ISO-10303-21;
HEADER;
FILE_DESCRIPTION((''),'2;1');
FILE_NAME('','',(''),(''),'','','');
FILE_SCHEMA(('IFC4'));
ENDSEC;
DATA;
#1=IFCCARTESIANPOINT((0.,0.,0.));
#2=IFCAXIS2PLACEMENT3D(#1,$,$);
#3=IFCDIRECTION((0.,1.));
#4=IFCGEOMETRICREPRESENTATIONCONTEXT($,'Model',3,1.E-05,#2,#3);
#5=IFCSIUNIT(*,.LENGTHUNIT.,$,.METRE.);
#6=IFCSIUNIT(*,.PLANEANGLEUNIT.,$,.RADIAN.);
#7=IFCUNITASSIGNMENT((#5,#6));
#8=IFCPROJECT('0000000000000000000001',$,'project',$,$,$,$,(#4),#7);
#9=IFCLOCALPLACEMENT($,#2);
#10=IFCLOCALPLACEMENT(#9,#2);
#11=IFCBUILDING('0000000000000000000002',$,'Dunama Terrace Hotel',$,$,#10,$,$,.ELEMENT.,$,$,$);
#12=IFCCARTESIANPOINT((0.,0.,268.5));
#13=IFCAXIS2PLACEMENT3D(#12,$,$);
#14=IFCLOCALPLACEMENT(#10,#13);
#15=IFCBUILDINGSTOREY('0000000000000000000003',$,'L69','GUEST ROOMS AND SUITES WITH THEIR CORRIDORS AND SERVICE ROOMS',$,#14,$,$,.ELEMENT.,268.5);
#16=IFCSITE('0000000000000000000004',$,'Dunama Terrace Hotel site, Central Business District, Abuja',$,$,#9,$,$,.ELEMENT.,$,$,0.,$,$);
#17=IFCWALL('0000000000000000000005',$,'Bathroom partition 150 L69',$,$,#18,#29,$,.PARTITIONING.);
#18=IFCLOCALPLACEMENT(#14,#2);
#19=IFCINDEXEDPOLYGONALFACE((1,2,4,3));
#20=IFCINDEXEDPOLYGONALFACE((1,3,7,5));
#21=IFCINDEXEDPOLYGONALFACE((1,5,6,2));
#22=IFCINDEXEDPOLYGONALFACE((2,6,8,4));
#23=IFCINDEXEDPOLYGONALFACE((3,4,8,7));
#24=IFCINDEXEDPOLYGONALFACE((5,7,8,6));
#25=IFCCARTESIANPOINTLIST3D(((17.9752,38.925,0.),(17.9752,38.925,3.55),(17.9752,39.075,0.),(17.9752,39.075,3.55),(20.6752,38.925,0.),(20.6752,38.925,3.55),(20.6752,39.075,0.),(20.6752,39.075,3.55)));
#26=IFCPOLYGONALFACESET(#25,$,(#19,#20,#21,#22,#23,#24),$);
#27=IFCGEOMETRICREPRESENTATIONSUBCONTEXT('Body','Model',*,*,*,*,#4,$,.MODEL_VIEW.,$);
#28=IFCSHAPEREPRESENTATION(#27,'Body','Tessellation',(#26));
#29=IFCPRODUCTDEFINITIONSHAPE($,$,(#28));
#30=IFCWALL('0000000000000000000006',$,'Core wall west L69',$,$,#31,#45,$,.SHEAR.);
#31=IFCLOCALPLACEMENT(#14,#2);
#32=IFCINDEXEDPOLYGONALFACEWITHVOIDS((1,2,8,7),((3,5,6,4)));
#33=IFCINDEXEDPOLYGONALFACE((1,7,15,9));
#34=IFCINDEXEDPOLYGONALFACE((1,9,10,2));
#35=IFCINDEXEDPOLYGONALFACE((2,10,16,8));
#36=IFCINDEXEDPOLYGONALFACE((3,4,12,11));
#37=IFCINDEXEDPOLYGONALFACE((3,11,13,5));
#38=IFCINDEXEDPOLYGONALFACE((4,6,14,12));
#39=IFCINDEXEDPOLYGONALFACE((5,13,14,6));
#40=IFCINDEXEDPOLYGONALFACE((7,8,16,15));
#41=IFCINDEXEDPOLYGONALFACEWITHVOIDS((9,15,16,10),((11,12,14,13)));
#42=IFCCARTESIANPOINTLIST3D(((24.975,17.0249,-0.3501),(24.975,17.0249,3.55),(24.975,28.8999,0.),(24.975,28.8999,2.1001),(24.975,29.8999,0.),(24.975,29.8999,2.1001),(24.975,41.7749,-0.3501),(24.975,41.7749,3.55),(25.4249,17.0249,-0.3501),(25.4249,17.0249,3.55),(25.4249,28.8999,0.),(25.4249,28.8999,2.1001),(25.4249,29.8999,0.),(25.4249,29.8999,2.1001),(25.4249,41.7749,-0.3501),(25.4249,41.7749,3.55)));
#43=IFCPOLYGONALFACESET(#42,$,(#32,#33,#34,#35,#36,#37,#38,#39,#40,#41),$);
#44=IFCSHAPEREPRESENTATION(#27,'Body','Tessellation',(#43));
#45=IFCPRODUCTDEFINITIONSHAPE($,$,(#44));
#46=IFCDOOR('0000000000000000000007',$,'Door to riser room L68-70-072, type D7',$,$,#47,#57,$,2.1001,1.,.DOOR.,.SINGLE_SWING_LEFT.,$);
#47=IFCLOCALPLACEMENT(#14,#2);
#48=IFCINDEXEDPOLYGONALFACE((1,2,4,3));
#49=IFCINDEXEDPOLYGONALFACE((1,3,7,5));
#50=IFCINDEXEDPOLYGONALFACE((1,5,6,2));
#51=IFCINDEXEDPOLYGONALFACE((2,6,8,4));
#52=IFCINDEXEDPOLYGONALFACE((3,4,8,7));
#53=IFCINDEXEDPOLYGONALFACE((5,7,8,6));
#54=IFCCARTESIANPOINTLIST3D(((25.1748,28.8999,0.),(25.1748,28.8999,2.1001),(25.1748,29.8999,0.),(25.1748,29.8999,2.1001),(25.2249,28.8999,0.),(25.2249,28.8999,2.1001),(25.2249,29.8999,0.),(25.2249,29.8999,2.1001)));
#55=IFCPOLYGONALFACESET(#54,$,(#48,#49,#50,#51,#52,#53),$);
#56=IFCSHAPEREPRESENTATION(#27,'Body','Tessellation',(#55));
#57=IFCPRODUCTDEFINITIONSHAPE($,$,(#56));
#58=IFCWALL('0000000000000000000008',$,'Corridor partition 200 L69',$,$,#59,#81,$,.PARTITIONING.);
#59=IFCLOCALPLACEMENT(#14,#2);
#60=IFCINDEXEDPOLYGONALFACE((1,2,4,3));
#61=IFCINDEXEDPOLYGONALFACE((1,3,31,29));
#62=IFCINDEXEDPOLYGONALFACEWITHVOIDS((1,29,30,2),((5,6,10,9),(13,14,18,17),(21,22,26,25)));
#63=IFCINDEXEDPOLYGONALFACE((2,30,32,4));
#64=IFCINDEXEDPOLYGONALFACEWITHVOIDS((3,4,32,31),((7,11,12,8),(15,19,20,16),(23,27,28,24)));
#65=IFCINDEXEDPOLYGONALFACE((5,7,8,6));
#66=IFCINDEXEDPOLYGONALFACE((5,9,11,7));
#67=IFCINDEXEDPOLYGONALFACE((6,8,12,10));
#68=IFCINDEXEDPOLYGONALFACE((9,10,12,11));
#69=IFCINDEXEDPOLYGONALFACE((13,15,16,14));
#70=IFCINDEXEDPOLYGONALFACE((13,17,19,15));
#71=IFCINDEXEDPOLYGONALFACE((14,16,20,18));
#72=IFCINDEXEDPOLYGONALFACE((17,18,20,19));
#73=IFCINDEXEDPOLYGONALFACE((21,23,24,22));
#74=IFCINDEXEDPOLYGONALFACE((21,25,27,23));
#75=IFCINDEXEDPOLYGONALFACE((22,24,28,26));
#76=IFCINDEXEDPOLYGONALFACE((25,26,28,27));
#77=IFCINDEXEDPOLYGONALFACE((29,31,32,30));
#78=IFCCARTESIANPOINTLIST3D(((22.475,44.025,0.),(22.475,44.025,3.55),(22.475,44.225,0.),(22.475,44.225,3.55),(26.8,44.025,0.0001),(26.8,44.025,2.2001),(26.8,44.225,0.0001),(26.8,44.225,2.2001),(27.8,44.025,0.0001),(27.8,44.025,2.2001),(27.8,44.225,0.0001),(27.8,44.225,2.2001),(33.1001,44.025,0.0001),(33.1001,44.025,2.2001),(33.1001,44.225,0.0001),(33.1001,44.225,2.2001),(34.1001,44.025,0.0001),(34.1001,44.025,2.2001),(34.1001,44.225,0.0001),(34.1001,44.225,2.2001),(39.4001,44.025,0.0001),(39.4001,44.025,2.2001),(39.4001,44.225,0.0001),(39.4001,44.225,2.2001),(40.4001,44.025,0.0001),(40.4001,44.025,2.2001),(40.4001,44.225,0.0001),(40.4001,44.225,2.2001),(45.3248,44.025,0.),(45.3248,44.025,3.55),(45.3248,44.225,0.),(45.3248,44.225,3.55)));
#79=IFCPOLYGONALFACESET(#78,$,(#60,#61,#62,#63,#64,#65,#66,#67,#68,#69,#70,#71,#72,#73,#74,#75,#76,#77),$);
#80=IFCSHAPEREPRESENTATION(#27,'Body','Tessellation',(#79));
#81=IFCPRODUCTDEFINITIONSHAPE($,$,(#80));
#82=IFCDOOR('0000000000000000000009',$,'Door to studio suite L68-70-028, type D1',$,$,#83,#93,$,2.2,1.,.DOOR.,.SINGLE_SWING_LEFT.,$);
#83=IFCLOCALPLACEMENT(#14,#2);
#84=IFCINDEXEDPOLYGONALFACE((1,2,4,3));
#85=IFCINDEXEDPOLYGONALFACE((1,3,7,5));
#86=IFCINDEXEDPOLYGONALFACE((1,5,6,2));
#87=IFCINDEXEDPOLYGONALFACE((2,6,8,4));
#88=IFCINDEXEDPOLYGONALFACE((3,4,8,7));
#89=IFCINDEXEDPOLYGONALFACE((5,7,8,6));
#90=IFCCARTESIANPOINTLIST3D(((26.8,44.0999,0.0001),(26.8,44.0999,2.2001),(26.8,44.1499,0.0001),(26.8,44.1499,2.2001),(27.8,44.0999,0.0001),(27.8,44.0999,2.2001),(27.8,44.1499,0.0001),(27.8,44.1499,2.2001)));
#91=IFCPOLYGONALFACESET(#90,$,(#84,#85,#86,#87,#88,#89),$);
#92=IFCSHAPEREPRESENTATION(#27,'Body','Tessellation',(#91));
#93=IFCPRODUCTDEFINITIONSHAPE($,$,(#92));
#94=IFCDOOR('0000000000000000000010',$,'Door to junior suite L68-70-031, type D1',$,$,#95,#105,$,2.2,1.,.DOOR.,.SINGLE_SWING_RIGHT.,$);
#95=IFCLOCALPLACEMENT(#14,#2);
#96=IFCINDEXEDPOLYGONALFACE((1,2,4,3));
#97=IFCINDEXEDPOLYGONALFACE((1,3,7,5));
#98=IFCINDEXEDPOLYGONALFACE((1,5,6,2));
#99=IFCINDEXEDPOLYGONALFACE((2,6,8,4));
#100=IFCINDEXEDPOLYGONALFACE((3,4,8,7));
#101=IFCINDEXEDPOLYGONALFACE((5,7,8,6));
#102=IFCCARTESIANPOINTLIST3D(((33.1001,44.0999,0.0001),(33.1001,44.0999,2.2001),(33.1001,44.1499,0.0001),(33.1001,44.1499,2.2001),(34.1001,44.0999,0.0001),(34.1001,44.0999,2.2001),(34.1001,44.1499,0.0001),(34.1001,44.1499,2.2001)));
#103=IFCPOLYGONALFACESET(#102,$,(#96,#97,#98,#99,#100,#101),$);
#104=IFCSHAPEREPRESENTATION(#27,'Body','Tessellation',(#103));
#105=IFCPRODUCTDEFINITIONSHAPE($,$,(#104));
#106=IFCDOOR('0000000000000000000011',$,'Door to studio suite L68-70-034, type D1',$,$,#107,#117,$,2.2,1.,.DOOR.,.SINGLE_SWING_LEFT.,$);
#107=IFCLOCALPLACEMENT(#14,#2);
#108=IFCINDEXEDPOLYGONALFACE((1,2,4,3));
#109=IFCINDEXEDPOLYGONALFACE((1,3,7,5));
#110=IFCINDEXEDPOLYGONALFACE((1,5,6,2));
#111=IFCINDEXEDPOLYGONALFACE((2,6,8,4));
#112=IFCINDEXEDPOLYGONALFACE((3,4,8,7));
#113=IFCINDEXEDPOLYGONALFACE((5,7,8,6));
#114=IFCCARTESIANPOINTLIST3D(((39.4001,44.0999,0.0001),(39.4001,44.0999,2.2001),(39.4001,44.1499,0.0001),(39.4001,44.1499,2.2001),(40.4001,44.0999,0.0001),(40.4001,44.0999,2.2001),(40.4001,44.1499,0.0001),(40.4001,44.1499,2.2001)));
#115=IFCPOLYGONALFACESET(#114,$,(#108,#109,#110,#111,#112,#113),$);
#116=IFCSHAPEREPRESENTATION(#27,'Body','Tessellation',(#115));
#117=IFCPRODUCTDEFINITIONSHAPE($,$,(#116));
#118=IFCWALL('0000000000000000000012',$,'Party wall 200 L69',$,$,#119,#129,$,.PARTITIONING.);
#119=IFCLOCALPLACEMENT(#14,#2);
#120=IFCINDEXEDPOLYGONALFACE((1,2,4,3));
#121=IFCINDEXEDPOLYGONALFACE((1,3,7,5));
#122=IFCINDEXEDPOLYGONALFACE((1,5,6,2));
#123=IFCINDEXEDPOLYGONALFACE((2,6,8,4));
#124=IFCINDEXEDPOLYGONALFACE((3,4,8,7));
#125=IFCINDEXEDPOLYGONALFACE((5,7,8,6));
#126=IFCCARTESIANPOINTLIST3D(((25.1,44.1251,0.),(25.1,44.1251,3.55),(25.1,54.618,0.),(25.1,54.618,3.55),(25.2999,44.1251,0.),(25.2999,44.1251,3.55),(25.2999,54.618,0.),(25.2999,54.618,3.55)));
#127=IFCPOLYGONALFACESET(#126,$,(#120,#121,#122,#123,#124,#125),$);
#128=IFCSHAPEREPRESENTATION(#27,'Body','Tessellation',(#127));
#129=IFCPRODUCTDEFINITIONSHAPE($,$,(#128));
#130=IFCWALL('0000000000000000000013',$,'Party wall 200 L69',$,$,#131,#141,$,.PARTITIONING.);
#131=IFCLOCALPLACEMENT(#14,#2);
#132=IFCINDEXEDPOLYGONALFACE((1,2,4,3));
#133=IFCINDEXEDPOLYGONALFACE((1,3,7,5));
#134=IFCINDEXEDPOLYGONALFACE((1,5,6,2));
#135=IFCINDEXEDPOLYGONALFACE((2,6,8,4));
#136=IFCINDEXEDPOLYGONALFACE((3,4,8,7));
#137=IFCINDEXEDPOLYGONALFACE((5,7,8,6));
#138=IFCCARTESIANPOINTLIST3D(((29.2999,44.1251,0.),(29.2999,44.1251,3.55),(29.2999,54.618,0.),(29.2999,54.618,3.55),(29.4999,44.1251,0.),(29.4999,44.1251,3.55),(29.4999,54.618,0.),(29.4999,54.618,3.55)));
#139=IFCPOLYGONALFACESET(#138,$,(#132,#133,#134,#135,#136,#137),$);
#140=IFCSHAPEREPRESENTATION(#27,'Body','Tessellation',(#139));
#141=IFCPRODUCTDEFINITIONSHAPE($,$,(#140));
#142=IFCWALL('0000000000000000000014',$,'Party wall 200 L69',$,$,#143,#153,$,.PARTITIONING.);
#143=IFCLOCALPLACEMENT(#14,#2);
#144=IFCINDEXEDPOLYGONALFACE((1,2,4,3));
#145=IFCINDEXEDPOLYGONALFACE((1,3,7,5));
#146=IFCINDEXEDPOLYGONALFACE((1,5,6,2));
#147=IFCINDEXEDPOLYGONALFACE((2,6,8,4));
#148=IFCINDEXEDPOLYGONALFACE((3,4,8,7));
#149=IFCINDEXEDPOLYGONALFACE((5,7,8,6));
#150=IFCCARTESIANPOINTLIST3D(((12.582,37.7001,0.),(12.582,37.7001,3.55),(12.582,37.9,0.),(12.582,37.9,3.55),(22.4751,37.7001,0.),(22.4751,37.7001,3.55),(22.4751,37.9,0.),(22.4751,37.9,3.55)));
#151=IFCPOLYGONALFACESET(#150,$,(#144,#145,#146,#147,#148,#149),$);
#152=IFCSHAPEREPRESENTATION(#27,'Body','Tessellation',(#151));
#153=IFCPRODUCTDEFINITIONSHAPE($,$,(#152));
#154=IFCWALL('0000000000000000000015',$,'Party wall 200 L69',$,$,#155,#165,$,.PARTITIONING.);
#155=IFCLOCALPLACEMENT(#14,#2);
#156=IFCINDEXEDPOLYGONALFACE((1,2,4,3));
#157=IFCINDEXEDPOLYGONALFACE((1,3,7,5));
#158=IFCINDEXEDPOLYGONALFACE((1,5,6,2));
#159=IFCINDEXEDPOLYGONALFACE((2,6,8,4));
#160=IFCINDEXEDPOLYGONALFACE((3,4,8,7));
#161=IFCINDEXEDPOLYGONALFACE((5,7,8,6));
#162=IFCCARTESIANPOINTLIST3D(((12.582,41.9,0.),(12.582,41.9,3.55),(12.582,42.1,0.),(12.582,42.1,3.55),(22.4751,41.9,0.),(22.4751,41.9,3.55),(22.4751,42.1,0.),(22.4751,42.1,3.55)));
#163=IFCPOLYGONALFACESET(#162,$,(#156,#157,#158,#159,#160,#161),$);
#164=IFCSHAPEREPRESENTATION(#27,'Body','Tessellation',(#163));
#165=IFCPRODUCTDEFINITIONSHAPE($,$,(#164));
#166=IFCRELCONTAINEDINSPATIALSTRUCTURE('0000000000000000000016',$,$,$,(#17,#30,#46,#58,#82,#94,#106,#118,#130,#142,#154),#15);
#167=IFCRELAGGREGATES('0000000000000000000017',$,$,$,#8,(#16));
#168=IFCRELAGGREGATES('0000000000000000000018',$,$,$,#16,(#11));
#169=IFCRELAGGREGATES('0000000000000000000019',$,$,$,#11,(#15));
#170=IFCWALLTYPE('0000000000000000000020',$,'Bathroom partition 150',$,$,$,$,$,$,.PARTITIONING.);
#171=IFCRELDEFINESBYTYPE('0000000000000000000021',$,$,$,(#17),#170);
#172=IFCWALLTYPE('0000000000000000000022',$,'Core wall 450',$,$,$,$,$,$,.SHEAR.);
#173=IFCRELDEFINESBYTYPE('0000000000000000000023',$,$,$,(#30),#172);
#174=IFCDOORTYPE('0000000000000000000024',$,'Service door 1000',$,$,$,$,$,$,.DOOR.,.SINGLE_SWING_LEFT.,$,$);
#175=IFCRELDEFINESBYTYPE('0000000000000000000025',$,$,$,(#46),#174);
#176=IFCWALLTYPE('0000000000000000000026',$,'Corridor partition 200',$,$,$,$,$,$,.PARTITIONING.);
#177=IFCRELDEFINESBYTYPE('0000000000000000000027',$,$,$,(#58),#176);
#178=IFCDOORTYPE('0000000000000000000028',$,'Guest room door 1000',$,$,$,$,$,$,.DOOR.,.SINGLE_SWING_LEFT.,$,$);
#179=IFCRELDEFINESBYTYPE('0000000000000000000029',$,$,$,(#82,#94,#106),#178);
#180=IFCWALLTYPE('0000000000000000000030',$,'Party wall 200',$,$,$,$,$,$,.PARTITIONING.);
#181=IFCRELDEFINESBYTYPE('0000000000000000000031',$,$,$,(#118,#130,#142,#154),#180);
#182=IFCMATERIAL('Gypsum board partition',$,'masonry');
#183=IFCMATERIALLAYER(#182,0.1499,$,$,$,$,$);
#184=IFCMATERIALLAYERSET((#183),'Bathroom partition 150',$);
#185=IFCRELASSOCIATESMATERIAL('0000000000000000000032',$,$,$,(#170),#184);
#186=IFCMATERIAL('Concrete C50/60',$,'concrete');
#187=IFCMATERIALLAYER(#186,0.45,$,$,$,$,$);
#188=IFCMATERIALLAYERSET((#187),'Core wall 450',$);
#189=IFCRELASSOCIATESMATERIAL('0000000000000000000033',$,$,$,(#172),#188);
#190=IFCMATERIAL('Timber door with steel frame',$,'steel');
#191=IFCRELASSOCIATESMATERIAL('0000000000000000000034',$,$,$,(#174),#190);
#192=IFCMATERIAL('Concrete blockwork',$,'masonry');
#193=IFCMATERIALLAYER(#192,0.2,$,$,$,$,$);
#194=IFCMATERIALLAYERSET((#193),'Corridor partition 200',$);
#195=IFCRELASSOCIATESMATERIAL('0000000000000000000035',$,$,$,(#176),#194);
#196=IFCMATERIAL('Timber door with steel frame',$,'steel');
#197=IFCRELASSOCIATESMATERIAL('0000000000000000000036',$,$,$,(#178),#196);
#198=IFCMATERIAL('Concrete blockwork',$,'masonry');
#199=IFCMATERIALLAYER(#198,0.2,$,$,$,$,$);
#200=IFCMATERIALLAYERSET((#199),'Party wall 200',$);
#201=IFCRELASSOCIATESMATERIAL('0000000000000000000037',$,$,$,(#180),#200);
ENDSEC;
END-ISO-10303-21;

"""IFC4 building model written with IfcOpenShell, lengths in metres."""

from ifc_helpers import new_model, si_unit, direction, frame, frame_2d, origin, place, context, subcontext, project, spatial, rectangle, extrude, material, layer, layer_set, type_object, element, fill, save


model = new_model("IFC4")

# Units and contexts
model_context = context("Model", 3, precision=1e-05, world=origin(), true_north=direction((0.0, 1.0)))
body_context = subcontext(model_context, "Body", "Model", "MODEL_VIEW")
ifc_project = project(units=[si_unit("LENGTHUNIT", "METRE"), si_unit("PLANEANGLEUNIT", "RADIAN")], contexts=[model_context])

# Site, building, storey
site_placement = place(None, origin())
site = spatial("IfcSite", under=ifc_project, at=site_placement, Name="Dunama Terrace Hotel site, Central Business District, Abuja", CompositionType="ELEMENT", RefElevation=0.0)
building_placement = place(site_placement, origin())
building = spatial("IfcBuilding", under=site, at=building_placement, Name="Dunama Terrace Hotel", CompositionType="ELEMENT")
storey_placement = place(building_placement, frame((0.0, 0.0, 268.5)))
storey = spatial("IfcBuildingStorey", under=building, at=storey_placement, Name="L69", Description="GUEST ROOMS AND SUITES WITH THEIR CORRIDORS AND SERVICE ROOMS", CompositionType="ELEMENT", Elevation=268.5)

# Shared definitions
ifc_material_1 = material(Name="Gypsum board partition", Category="masonry")
ifc_layer_1 = layer(ifc_material_1, 0.1499)
ifc_layer_set_1 = layer_set([ifc_layer_1], Name="Bathroom partition 150")
wall_type_1 = type_object("IfcWallType", Name="Bathroom partition 150", PredefinedType="PARTITIONING", material=ifc_layer_set_1)

# Wall
wall_1_placement = place(storey_placement, frame((17.9751, 39.0, 0.0), z_axis=(0.0, 0.0, 1.0), x_axis=(1.0, 0.0, 0.0)))
element("IfcWall", 1, at=wall_1_placement, inside=storey, type_object=wall_type_1, Name="Bathroom partition 150 L69", PredefinedType="PARTITIONING", context=body_context, shape_type="SweptSolid", body=[
    extrude(rectangle(XDim=2.7, YDim=0.1499, at=frame_2d((1.3501, 0.0))), origin(), (0.0, 0.0, 1.0), 3.55),
])

# Wall, opening, door
ifc_material_2 = material(Name="Concrete C50/60", Category="concrete")
ifc_layer_2 = layer(ifc_material_2, 0.45)
ifc_layer_set_2 = layer_set([ifc_layer_2], Name="Core wall 450")
wall_type_2 = type_object("IfcWallType", Name="Core wall 450", PredefinedType="SHEAR", material=ifc_layer_set_2)
wall_2_placement = place(storey_placement, frame((25.2, 41.7749, -0.3501), z_axis=(0.0, 0.0, 1.0), x_axis=(0.0, -1.0, 0.0)))
wall_2 = element("IfcWall", 2, at=wall_2_placement, inside=storey, type_object=wall_type_2, Name="Core wall west L69", PredefinedType="SHEAR", context=body_context, shape_type="SweptSolid", body=[
    extrude(rectangle(XDim=24.75, YDim=0.45, at=frame_2d((12.375, 0.0))), origin(), (0.0, 0.0, 1.0), 3.9001),
])
opening_1_placement = place(wall_2_placement, frame((11.875, 0.0, 0.3501)))
opening_1 = element("IfcOpeningElement", 3, at=opening_1_placement, cuts=wall_2, PredefinedType="OPENING", context=body_context, shape_type="SweptSolid", body=[
    extrude(rectangle(XDim=1.0, YDim=2.1001, at=frame_2d((0.5, 1.05))), frame((0.0, 0.2349, 0.0), z_axis=(0.0, -1.0, 0.0), x_axis=(1.0, 0.0, 0.0)), (0.0, 0.0, 1.0), 0.47),
])
ifc_material_3 = material(Name="Timber door with steel frame", Category="steel")
door_type_1 = type_object("IfcDoorType", Name="Service door 1000", OperationType="SINGLE_SWING_LEFT", PredefinedType="DOOR", material=ifc_material_3)
door_1_placement = place(opening_1_placement, origin())
door_1 = element("IfcDoor", 4, at=door_1_placement, inside=storey, type_object=door_type_1, Name="Door to riser room L68-70-072, type D7", OperationType="SINGLE_SWING_LEFT", OverallHeight=2.1001, OverallWidth=1.0, PredefinedType="DOOR", context=body_context, shape_type="SweptSolid", body=[
    extrude(rectangle(XDim=1.0, YDim=2.1001, at=frame_2d((0.5, 1.05))), frame((0.0, 0.0249, 0.0), z_axis=(0.0, -1.0, 0.0), x_axis=(1.0, 0.0, 0.0)), (0.0, 0.0, 1.0), 0.05),
])
fill(opening_1, door_1)

# Wall, openings, doors
ifc_material_4 = material(Name="Concrete blockwork", Category="masonry")
ifc_layer_3 = layer(ifc_material_4, 0.2)
ifc_layer_set_3 = layer_set([ifc_layer_3], Name="Corridor partition 200")
wall_type_3 = type_object("IfcWallType", Name="Corridor partition 200", PredefinedType="PARTITIONING", material=ifc_layer_set_3)
wall_3_placement = place(storey_placement, frame((22.4751, 44.125, 0.0), z_axis=(0.0, 0.0, 1.0), x_axis=(1.0, 0.0, 0.0)))
wall_3 = element("IfcWall", 5, at=wall_3_placement, inside=storey, type_object=wall_type_3, Name="Corridor partition 200 L69", PredefinedType="PARTITIONING", context=body_context, shape_type="SweptSolid", body=[
    extrude(rectangle(XDim=22.8499, YDim=0.2, at=frame_2d((11.4248, 0.0))), origin(), (0.0, 0.0, 1.0), 3.55),
])
opening_2_placement = place(wall_3_placement, frame((4.325, 0.0, 0.0)))
opening_2 = element("IfcOpeningElement", 6, at=opening_2_placement, cuts=wall_3, PredefinedType="OPENING", context=body_context, shape_type="SweptSolid", body=[
    extrude(rectangle(XDim=1.0, YDim=2.2, at=frame_2d((0.5, 1.1001))), frame((0.0, 0.1099, 0.0), z_axis=(0.0, -1.0, 0.0), x_axis=(1.0, 0.0, 0.0)), (0.0, 0.0, 1.0), 0.22),
])
opening_3_placement = place(wall_3_placement, frame((10.625, 0.0, 0.0)))
opening_3 = element("IfcOpeningElement", 7, at=opening_3_placement, cuts=wall_3, PredefinedType="OPENING", context=body_context, shape_type="SweptSolid", body=[
    extrude(rectangle(XDim=1.0, YDim=2.2, at=frame_2d((0.5, 1.1001))), frame((0.0, 0.1099, 0.0), z_axis=(0.0, -1.0, 0.0), x_axis=(1.0, 0.0, 0.0)), (0.0, 0.0, 1.0), 0.22),
])
opening_4_placement = place(wall_3_placement, frame((16.925, 0.0, 0.0)))
opening_4 = element("IfcOpeningElement", 8, at=opening_4_placement, cuts=wall_3, PredefinedType="OPENING", context=body_context, shape_type="SweptSolid", body=[
    extrude(rectangle(XDim=1.0, YDim=2.2, at=frame_2d((0.5, 1.1001))), frame((0.0, 0.1099, 0.0), z_axis=(0.0, -1.0, 0.0), x_axis=(1.0, 0.0, 0.0)), (0.0, 0.0, 1.0), 0.22),
])
ifc_material_5 = material(Name="Timber door with steel frame", Category="steel")
door_type_2 = type_object("IfcDoorType", Name="Guest room door 1000", OperationType="SINGLE_SWING_LEFT", PredefinedType="DOOR", material=ifc_material_5)
door_2_placement = place(opening_2_placement, origin())
door_2 = element("IfcDoor", 9, at=door_2_placement, inside=storey, type_object=door_type_2, Name="Door to studio suite L68-70-028, type D1", OperationType="SINGLE_SWING_LEFT", OverallHeight=2.2, OverallWidth=1.0, PredefinedType="DOOR", context=body_context, shape_type="SweptSolid", body=[
    extrude(rectangle(XDim=1.0, YDim=2.2, at=frame_2d((0.5, 1.1001))), frame((0.0, 0.0249, 0.0), z_axis=(0.0, -1.0, 0.0), x_axis=(1.0, 0.0, 0.0)), (0.0, 0.0, 1.0), 0.05),
])
fill(opening_2, door_2)
door_3_placement = place(opening_3_placement, origin())
door_3 = element("IfcDoor", 10, at=door_3_placement, inside=storey, type_object=door_type_2, Name="Door to junior suite L68-70-031, type D1", OperationType="SINGLE_SWING_RIGHT", OverallHeight=2.2, OverallWidth=1.0, PredefinedType="DOOR", context=body_context, shape_type="SweptSolid", body=[
    extrude(rectangle(XDim=1.0, YDim=2.2, at=frame_2d((0.5, 1.1001))), frame((0.0, 0.0249, 0.0), z_axis=(0.0, -1.0, 0.0), x_axis=(1.0, 0.0, 0.0)), (0.0, 0.0, 1.0), 0.05),
])
fill(opening_3, door_3)
door_4_placement = place(opening_4_placement, origin())
door_4 = element("IfcDoor", 11, at=door_4_placement, inside=storey, type_object=door_type_2, Name="Door to studio suite L68-70-034, type D1", OperationType="SINGLE_SWING_LEFT", OverallHeight=2.2, OverallWidth=1.0, PredefinedType="DOOR", context=body_context, shape_type="SweptSolid", body=[
    extrude(rectangle(XDim=1.0, YDim=2.2, at=frame_2d((0.5, 1.1001))), frame((0.0, 0.0249, 0.0), z_axis=(0.0, -1.0, 0.0), x_axis=(1.0, 0.0, 0.0)), (0.0, 0.0, 1.0), 0.05),
])
fill(opening_4, door_4)

# Walls
ifc_material_6 = material(Name="Concrete blockwork", Category="masonry")
ifc_layer_4 = layer(ifc_material_6, 0.2)
ifc_layer_set_4 = layer_set([ifc_layer_4], Name="Party wall 200")
wall_type_4 = type_object("IfcWallType", Name="Party wall 200", PredefinedType="PARTITIONING", material=ifc_layer_set_4)
for number, where, z_axis, x_axis, name in (
    (12, (25.2, 44.125, 0.0), (0.0, 0.0, 1.0), (0.0, 1.0, 0.0), "Party wall 200 L69"),
    (13, (29.3999, 44.125, 0.0), (0.0, 0.0, 1.0), (0.0, 1.0, 0.0), "Party wall 200 L69"),
):
    element("IfcWall", number, at=place(storey_placement, frame(where, z_axis=z_axis, x_axis=x_axis)), inside=storey, type_object=wall_type_4, Name=name, PredefinedType="PARTITIONING", context=body_context, shape_type="SweptSolid", body=[
        extrude(rectangle(XDim=10.4929, YDim=0.2, at=frame_2d((5.2466, 0.0))), origin(), (0.0, 0.0, 1.0), 3.55),
    ])
for number, where, z_axis, x_axis, name in (
    (14, (12.582, 37.8, 0.0), (0.0, 0.0, 1.0), (1.0, 0.0, 0.0), "Party wall 200 L69"),
    (15, (12.582, 42.0, 0.0), (0.0, 0.0, 1.0), (1.0, 0.0, 0.0), "Party wall 200 L69"),
):
    element("IfcWall", number, at=place(storey_placement, frame(where, z_axis=z_axis, x_axis=x_axis)), inside=storey, type_object=wall_type_4, Name=name, PredefinedType="PARTITIONING", context=body_context, shape_type="SweptSolid", body=[
        extrude(rectangle(XDim=9.8931, YDim=0.2, at=frame_2d((4.9465, 0.0))), origin(), (0.0, 0.0, 1.0), 3.55),
    ])

save(model, "model.ifc")
